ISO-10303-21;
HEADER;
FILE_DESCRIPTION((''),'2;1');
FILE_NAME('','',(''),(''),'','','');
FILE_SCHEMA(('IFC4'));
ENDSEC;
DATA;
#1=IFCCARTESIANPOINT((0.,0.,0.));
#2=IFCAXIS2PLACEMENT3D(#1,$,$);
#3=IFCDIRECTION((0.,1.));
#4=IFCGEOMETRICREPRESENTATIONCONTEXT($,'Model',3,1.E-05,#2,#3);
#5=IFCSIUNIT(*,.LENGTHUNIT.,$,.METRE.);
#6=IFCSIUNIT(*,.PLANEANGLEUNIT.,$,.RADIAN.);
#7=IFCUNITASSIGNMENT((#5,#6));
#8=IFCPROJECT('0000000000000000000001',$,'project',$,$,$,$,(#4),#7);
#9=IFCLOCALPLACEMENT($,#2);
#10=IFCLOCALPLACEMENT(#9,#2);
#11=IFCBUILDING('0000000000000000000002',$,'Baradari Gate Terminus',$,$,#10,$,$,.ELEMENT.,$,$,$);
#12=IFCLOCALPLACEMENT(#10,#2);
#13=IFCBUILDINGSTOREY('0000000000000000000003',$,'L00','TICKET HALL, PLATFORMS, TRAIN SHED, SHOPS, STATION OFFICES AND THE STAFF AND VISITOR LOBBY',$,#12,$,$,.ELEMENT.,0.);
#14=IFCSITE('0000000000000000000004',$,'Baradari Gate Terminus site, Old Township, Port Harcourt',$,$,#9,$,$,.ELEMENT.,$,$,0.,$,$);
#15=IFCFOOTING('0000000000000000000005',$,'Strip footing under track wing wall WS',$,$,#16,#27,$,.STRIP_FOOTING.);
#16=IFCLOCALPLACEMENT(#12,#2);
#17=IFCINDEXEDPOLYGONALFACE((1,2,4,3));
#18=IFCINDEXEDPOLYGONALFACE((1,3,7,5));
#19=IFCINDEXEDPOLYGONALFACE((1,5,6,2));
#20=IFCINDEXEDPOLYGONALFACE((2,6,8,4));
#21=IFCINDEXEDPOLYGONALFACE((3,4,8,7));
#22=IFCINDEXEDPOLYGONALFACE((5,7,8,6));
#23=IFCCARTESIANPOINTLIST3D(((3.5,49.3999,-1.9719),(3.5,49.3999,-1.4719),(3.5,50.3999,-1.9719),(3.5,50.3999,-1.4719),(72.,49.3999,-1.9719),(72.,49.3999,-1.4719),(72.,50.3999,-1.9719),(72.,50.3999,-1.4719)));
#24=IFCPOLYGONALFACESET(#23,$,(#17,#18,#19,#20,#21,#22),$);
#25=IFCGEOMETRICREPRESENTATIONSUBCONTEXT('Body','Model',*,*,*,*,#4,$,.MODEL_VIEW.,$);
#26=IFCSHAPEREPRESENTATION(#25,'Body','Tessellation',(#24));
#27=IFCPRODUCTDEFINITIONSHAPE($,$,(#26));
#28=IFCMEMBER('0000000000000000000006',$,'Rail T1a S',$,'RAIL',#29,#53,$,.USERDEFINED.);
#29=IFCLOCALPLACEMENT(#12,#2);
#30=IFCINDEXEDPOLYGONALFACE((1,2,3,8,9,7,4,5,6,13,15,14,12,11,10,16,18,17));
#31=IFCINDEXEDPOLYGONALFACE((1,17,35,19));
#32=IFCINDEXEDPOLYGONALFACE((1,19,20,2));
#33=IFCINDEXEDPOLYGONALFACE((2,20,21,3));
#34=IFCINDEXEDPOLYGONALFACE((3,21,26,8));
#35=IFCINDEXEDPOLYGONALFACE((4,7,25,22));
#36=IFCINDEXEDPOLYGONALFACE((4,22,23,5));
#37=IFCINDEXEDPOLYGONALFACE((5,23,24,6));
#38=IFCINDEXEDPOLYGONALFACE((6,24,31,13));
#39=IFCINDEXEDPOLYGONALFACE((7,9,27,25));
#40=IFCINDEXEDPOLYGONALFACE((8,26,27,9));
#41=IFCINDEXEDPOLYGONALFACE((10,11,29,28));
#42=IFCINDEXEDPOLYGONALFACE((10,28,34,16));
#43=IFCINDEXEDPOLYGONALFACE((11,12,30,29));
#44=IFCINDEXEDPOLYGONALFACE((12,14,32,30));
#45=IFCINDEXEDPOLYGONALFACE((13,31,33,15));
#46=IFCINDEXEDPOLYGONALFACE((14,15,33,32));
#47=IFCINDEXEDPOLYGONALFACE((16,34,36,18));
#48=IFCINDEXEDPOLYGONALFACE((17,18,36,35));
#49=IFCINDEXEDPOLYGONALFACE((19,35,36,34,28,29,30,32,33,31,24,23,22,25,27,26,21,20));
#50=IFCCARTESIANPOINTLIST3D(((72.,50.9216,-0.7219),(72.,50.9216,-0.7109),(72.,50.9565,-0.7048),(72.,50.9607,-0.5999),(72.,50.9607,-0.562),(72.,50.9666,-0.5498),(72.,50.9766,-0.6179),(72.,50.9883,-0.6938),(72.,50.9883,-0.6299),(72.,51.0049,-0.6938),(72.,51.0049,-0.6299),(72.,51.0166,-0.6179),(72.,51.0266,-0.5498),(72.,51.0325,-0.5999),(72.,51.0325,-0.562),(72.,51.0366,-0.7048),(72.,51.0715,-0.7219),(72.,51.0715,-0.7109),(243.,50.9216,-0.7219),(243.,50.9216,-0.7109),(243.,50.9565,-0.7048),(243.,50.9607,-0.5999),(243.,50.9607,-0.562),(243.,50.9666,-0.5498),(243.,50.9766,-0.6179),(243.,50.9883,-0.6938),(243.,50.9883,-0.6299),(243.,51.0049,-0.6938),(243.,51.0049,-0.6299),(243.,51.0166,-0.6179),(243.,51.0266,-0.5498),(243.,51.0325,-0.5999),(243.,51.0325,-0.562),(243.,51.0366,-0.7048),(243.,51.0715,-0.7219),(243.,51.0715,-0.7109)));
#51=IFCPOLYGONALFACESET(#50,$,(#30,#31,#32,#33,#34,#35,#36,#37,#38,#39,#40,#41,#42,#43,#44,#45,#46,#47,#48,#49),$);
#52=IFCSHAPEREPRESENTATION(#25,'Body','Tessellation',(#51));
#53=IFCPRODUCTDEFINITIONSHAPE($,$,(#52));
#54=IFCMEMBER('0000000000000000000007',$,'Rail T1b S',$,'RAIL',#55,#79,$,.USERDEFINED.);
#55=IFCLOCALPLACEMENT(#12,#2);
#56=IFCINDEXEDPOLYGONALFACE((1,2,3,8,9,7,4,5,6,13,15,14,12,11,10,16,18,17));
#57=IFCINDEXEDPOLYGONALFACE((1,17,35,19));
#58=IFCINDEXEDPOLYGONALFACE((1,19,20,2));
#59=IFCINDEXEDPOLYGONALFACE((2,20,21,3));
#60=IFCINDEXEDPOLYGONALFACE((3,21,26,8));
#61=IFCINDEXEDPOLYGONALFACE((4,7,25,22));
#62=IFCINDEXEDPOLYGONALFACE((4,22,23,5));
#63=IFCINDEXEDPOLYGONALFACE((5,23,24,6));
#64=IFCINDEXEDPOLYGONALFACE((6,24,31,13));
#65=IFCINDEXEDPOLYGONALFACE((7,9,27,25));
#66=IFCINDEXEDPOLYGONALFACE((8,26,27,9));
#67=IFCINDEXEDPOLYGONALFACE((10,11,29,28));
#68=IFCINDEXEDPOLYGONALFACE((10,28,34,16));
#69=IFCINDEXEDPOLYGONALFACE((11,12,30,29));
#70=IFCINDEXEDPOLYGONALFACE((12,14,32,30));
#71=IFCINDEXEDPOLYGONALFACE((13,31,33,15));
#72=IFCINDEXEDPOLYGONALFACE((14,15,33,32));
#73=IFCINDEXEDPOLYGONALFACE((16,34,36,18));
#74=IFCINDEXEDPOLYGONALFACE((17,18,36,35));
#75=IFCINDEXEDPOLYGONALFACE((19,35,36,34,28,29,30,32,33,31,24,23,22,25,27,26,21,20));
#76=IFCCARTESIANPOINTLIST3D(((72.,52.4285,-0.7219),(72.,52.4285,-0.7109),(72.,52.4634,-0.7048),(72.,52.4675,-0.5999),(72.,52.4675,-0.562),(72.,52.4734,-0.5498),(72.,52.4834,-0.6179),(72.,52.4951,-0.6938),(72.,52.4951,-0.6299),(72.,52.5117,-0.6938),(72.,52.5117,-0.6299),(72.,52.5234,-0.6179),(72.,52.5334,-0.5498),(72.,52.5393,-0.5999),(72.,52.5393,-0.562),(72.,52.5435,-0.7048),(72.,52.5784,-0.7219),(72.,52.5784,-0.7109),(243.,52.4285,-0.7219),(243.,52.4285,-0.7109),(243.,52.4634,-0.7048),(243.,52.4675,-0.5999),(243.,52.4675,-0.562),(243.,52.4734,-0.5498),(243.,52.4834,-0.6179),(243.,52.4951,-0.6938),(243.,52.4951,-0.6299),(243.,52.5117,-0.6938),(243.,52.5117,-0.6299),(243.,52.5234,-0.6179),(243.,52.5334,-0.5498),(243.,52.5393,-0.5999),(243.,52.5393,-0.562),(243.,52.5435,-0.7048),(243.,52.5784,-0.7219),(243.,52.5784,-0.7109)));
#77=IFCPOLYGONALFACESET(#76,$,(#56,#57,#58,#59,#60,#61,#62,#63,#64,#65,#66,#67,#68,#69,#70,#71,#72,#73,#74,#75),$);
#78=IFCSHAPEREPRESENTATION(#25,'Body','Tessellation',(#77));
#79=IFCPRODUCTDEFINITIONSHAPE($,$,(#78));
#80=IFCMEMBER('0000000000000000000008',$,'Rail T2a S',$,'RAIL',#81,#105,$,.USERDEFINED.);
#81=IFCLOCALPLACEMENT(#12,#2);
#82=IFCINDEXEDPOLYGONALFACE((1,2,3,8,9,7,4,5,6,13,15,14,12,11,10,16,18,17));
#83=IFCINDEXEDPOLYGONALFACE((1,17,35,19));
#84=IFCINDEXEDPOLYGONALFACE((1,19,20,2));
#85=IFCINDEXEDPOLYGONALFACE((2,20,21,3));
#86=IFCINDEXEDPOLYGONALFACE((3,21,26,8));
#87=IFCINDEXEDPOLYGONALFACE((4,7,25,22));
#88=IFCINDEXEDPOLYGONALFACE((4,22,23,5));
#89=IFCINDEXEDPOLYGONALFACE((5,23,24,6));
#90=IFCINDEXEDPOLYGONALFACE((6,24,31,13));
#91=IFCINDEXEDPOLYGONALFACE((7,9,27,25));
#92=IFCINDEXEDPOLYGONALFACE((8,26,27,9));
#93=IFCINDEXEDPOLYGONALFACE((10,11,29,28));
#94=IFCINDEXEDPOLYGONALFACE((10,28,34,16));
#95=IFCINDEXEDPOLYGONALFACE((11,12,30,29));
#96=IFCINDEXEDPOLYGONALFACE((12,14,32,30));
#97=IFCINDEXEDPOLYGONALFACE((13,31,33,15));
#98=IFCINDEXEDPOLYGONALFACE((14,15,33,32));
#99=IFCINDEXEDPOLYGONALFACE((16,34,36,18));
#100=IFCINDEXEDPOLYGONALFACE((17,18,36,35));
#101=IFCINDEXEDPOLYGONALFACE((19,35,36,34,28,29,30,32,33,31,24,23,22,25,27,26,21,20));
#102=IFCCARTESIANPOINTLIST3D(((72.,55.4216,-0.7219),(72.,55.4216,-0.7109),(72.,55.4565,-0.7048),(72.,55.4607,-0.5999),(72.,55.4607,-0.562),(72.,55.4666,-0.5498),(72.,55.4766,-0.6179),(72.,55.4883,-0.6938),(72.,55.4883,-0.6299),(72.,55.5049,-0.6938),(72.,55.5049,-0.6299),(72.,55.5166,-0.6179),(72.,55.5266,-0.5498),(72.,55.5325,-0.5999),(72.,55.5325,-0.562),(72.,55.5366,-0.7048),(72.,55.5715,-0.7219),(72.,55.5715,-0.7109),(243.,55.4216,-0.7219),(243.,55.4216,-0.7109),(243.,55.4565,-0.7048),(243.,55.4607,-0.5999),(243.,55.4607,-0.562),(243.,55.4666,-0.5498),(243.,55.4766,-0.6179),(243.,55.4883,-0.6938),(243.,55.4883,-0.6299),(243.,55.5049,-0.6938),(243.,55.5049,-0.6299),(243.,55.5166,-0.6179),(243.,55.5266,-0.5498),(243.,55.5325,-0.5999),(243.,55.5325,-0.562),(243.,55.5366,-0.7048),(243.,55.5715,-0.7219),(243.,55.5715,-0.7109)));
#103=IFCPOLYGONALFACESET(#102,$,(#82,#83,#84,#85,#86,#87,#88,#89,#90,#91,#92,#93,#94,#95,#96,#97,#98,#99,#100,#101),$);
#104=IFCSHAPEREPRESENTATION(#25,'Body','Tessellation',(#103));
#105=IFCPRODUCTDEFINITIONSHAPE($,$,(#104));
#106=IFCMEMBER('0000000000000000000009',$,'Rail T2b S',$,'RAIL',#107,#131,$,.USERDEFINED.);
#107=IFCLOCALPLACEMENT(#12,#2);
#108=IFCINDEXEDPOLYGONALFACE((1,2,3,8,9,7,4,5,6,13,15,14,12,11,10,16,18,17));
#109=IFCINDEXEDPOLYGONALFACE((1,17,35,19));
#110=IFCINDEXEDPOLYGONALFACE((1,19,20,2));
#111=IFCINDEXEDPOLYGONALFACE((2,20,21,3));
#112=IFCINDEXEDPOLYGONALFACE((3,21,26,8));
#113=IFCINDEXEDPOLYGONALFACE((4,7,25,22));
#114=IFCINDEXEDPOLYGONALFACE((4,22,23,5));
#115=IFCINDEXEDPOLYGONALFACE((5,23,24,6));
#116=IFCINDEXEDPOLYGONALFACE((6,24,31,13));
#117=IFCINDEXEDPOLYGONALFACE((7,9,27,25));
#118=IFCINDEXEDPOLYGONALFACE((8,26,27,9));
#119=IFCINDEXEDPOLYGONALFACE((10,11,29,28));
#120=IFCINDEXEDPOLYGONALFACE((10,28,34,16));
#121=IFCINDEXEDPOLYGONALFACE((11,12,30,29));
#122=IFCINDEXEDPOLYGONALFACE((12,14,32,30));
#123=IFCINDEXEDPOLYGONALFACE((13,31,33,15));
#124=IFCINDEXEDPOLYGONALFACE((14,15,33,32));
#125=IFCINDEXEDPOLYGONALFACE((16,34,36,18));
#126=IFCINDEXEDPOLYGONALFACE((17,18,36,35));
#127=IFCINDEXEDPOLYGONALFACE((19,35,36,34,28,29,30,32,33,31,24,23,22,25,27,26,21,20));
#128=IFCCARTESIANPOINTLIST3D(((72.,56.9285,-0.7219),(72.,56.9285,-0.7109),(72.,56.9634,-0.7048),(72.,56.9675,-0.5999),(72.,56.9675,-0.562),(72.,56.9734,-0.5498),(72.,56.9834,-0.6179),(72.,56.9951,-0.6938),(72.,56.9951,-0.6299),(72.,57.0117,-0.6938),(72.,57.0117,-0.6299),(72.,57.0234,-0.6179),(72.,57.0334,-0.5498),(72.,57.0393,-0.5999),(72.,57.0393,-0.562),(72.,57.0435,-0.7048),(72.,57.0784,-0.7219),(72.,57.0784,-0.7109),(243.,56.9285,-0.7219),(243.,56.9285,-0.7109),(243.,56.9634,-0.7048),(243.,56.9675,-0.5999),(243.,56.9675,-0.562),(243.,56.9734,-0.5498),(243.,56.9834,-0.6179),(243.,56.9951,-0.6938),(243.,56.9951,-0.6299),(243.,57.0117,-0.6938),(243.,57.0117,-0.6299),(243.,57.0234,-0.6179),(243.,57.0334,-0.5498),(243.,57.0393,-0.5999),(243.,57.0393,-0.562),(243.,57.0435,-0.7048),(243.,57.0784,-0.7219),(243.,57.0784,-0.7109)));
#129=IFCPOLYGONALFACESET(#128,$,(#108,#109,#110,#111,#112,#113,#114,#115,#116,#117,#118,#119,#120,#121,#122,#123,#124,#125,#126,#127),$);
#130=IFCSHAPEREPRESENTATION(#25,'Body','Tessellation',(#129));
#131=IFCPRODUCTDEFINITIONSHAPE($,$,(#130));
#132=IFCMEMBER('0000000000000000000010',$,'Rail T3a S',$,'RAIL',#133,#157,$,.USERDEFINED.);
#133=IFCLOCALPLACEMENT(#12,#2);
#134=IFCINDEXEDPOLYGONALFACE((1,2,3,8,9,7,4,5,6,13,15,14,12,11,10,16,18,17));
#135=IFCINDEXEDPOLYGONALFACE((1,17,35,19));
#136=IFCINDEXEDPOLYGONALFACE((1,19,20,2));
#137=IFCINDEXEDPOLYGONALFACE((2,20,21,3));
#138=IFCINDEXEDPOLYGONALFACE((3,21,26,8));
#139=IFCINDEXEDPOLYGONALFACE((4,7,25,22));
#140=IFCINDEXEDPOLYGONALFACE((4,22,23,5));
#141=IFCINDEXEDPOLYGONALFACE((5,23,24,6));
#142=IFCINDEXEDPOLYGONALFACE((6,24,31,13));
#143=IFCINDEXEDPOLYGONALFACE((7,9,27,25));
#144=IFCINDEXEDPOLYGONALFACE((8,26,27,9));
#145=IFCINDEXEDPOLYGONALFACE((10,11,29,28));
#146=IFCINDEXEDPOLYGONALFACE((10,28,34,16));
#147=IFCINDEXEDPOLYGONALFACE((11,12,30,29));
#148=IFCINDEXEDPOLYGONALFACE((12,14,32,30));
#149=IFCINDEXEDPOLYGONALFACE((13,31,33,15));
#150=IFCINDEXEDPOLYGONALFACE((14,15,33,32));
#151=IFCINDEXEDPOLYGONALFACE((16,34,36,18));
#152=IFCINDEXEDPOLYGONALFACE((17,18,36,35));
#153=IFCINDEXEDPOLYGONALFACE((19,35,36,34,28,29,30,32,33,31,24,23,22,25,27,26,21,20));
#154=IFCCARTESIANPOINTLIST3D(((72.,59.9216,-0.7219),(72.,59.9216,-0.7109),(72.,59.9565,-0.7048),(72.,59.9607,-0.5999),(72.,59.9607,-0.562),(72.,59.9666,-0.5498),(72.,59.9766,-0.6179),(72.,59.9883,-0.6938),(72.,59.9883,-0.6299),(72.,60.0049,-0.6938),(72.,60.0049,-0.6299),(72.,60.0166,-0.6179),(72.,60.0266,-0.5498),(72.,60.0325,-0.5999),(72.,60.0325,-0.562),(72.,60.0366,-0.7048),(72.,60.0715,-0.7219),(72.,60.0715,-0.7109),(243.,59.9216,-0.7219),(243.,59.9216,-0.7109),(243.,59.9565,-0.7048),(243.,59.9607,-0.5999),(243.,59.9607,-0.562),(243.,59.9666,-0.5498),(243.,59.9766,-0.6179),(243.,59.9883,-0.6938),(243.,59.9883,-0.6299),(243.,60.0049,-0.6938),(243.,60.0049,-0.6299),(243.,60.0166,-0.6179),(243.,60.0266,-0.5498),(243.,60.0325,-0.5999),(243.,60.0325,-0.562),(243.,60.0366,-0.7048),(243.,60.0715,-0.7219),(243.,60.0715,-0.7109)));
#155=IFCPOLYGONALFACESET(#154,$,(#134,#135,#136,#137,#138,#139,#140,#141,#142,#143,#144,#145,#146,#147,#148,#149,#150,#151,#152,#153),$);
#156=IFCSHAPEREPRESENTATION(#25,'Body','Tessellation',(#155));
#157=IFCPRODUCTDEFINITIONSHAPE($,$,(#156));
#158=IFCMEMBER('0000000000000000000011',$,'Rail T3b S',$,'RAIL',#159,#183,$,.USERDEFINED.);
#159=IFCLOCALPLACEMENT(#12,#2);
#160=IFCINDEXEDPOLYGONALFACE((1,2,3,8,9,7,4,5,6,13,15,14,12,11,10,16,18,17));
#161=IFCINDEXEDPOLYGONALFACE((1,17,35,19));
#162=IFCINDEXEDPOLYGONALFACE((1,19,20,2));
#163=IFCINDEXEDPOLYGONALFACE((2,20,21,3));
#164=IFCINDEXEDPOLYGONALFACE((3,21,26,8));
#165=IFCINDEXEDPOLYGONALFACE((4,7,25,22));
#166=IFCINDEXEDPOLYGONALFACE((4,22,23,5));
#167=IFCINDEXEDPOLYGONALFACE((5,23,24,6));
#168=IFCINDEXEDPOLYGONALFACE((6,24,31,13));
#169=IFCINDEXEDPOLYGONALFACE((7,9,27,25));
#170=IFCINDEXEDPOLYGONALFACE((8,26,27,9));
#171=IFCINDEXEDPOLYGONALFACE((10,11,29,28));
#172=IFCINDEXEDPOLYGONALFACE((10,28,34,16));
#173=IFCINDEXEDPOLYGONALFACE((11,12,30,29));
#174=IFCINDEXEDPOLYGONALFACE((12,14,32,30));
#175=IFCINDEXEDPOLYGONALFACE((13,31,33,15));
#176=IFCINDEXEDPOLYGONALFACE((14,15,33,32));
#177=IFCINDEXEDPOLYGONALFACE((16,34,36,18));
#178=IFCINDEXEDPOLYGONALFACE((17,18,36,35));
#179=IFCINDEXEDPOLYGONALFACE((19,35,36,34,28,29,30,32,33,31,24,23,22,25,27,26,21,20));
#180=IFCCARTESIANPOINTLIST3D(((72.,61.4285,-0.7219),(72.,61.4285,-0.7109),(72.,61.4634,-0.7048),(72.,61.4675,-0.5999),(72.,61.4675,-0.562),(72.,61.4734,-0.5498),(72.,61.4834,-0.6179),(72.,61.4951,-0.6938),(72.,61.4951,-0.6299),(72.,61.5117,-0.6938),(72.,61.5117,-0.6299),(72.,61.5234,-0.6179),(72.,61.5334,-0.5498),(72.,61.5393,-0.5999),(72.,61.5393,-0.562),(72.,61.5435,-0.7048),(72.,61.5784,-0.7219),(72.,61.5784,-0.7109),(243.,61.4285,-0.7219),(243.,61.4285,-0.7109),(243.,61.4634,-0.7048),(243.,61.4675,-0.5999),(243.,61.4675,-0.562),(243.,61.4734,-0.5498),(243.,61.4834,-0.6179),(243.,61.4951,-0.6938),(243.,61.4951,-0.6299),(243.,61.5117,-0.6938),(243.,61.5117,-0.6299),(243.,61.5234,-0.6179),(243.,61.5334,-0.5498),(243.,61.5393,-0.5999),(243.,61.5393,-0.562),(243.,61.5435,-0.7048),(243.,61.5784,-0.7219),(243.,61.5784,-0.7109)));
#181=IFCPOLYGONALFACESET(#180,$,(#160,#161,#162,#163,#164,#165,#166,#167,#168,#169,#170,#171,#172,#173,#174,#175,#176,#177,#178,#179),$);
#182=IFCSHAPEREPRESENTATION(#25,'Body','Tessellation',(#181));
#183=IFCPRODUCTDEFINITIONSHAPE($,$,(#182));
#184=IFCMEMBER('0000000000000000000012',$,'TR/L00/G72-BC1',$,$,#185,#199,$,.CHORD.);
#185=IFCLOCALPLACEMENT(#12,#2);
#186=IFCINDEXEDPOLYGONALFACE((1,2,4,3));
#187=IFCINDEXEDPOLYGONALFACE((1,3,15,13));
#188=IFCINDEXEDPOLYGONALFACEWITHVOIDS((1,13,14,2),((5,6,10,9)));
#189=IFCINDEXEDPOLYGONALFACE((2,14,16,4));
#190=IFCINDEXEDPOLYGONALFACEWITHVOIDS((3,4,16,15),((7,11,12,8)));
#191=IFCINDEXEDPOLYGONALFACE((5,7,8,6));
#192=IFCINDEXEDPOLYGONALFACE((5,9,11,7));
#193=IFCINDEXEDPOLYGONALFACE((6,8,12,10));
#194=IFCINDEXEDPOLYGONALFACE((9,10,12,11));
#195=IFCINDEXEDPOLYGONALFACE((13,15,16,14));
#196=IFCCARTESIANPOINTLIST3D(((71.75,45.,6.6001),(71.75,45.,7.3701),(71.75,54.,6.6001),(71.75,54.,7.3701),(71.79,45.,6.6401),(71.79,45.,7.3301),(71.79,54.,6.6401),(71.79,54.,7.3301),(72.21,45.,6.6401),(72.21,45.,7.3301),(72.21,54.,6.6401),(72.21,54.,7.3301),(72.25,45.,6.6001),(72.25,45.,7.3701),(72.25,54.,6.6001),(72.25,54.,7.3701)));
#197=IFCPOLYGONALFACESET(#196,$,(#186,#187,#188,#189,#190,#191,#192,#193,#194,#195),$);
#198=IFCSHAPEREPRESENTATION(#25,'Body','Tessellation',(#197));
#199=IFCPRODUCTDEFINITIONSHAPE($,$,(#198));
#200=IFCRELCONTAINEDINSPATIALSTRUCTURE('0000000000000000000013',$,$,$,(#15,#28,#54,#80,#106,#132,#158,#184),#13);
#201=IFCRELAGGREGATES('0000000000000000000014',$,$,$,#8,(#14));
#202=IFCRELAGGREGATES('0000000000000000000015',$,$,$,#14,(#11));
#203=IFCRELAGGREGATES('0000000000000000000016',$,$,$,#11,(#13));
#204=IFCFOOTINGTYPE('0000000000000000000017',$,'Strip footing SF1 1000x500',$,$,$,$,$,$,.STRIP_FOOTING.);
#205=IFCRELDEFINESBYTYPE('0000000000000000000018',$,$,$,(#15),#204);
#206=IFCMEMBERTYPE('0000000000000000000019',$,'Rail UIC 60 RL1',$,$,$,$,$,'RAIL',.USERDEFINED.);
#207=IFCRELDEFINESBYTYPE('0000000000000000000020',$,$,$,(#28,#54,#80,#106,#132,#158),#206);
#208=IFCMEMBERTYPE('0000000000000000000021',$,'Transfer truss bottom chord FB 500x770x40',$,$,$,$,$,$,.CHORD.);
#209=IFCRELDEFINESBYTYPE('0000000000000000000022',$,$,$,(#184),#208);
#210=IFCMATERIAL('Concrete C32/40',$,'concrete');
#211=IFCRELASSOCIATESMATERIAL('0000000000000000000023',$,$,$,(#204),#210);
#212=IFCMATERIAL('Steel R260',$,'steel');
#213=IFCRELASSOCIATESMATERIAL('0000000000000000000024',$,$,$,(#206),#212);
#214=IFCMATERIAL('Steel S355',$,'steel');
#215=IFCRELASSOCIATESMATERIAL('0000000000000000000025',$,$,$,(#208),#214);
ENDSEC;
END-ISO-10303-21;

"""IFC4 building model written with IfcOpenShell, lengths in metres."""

from ifc_helpers import new_model, si_unit, direction, frame, origin, origin_2d, place, context, subcontext, project, spatial, polyline, rectangle, hollow_rectangle, outline, extrude, material, material_profile, profile_set, type_object, element, save


model = new_model("IFC4")

# Units and contexts
model_context = context("Model", 3, precision=1e-05, world=origin(), true_north=direction((0.0, 1.0)))
body_context = subcontext(model_context, "Body", "Model", "MODEL_VIEW")
ifc_project = project(units=[si_unit("LENGTHUNIT", "METRE"), si_unit("PLANEANGLEUNIT", "RADIAN")], contexts=[model_context])

# Site, building, storey
site_placement = place(None, origin())
site = spatial("IfcSite", under=ifc_project, at=site_placement, Name="Baradari Gate Terminus site, Old Township, Port Harcourt", CompositionType="ELEMENT", RefElevation=0.0)
building_placement = place(site_placement, origin())
building = spatial("IfcBuilding", under=site, at=building_placement, Name="Baradari Gate Terminus", CompositionType="ELEMENT")
storey_placement = place(building_placement, origin())
storey = spatial("IfcBuildingStorey", under=building, at=storey_placement, Name="L00", Description="TICKET HALL, PLATFORMS, TRAIN SHED, SHOPS, STATION OFFICES AND THE STAFF AND VISITOR LOBBY", CompositionType="ELEMENT", Elevation=0.0)

# Footing
ifc_material_1 = material(Name="Concrete C32/40", Category="concrete")
footing_type = type_object("IfcFootingType", Name="Strip footing SF1 1000x500", PredefinedType="STRIP_FOOTING", material=ifc_material_1)
footing_placement = place(storey_placement, frame((37.75, 49.8999, -1.9719), z_axis=(0.0, 0.0, 1.0), x_axis=(1.0, 0.0, 0.0)))
element("IfcFooting", 1, at=footing_placement, inside=storey, type_object=footing_type, Name="Strip footing under track wing wall WS", PredefinedType="STRIP_FOOTING", context=body_context, shape_type="SweptSolid", body=[
    extrude(rectangle(XDim=68.5, YDim=1.0, at=origin_2d()), origin(), (0.0, 0.0, 1.0), 0.5),
])

# Members
ifc_material_2 = material(Name="Steel R260", Category="steel")
ifc_material_profile_1 = material_profile(ifc_material_2, outline(polyline([(-0.075, 0.0), (0.075, 0.0), (0.075, 0.011), (0.04, 0.0171), (0.0083, 0.0281), (0.0083, 0.092), (0.02, 0.104), (0.0359, 0.1221), (0.0359, 0.1599), (0.03, 0.1721), (-0.03, 0.1721), (-0.0359, 0.1599), (-0.0359, 0.1221), (-0.02, 0.104), (-0.0083, 0.092), (-0.0083, 0.0281), (-0.04, 0.0171), (-0.075, 0.011), (-0.075, 0.0)])), Name="UIC 60 (60E1)")
ifc_profile_set_1 = profile_set([ifc_material_profile_1], Name="Steel R260")
member_type_1 = type_object("IfcMemberType", Name="Rail UIC 60 RL1", ElementType="RAIL", PredefinedType="USERDEFINED", material=ifc_profile_set_1)
for number, where, z_axis, x_axis, name in (
    (2, (72.0, 50.9966, -0.7219), (1.0, 0.0, 0.0), (0.0, 1.0, 0.0), "Rail T1a S"),
    (3, (72.0, 52.5034, -0.7219), (1.0, 0.0, 0.0), (0.0, 1.0, 0.0), "Rail T1b S"),
    (4, (72.0, 55.4966, -0.7219), (1.0, 0.0, 0.0), (0.0, 1.0, 0.0), "Rail T2a S"),
    (5, (72.0, 57.0034, -0.7219), (1.0, 0.0, 0.0), (0.0, 1.0, 0.0), "Rail T2b S"),
    (6, (72.0, 59.9966, -0.7219), (1.0, 0.0, 0.0), (0.0, 1.0, 0.0), "Rail T3a S"),
    (7, (72.0, 61.5034, -0.7219), (1.0, 0.0, 0.0), (0.0, 1.0, 0.0), "Rail T3b S"),
):
    element("IfcMember", number, at=place(storey_placement, frame(where, z_axis=z_axis, x_axis=x_axis)), inside=storey, type_object=member_type_1, Name=name, ObjectType="RAIL", PredefinedType="USERDEFINED", context=body_context, shape_type="SweptSolid", body=[
        extrude(outline(polyline([(-0.075, 0.0), (0.075, 0.0), (0.075, 0.011), (0.04, 0.0171), (0.0083, 0.0281), (0.0083, 0.092), (0.02, 0.104), (0.0359, 0.1221), (0.0359, 0.1599), (0.03, 0.1721), (-0.03, 0.1721), (-0.0359, 0.1599), (-0.0359, 0.1221), (-0.02, 0.104), (-0.0083, 0.092), (-0.0083, 0.0281), (-0.04, 0.0171), (-0.075, 0.011), (-0.075, 0.0)])), origin(), (0.0, 0.0, 1.0), 171.0),
    ])
ifc_material_3 = material(Name="Steel S355", Category="steel")
ifc_material_profile_2 = material_profile(ifc_material_3, hollow_rectangle(XDim=0.5, YDim=0.77, WallThickness=0.04, at=origin_2d()), Name="FB 500x770x40")
ifc_profile_set_2 = profile_set([ifc_material_profile_2], Name="Steel S355")
member_type_2 = type_object("IfcMemberType", Name="Transfer truss bottom chord FB 500x770x40", PredefinedType="CHORD", material=ifc_profile_set_2)
for number, where, z_axis, x_axis, name in (
    (8, (72.0, 45.0, 6.9851), (0.0, 1.0, 0.0), (-1.0, 0.0, 0.0), "TR/L00/G72-BC1"),
):
    element("IfcMember", number, at=place(storey_placement, frame(where, z_axis=z_axis, x_axis=x_axis)), inside=storey, type_object=member_type_2, Name=name, PredefinedType="CHORD", context=body_context, shape_type="SweptSolid", body=[
        extrude(hollow_rectangle(XDim=0.5, YDim=0.77, WallThickness=0.04, at=origin_2d()), origin(), (0.0, 0.0, 1.0), 9.0),
    ])

save(model, "model.ifc")
